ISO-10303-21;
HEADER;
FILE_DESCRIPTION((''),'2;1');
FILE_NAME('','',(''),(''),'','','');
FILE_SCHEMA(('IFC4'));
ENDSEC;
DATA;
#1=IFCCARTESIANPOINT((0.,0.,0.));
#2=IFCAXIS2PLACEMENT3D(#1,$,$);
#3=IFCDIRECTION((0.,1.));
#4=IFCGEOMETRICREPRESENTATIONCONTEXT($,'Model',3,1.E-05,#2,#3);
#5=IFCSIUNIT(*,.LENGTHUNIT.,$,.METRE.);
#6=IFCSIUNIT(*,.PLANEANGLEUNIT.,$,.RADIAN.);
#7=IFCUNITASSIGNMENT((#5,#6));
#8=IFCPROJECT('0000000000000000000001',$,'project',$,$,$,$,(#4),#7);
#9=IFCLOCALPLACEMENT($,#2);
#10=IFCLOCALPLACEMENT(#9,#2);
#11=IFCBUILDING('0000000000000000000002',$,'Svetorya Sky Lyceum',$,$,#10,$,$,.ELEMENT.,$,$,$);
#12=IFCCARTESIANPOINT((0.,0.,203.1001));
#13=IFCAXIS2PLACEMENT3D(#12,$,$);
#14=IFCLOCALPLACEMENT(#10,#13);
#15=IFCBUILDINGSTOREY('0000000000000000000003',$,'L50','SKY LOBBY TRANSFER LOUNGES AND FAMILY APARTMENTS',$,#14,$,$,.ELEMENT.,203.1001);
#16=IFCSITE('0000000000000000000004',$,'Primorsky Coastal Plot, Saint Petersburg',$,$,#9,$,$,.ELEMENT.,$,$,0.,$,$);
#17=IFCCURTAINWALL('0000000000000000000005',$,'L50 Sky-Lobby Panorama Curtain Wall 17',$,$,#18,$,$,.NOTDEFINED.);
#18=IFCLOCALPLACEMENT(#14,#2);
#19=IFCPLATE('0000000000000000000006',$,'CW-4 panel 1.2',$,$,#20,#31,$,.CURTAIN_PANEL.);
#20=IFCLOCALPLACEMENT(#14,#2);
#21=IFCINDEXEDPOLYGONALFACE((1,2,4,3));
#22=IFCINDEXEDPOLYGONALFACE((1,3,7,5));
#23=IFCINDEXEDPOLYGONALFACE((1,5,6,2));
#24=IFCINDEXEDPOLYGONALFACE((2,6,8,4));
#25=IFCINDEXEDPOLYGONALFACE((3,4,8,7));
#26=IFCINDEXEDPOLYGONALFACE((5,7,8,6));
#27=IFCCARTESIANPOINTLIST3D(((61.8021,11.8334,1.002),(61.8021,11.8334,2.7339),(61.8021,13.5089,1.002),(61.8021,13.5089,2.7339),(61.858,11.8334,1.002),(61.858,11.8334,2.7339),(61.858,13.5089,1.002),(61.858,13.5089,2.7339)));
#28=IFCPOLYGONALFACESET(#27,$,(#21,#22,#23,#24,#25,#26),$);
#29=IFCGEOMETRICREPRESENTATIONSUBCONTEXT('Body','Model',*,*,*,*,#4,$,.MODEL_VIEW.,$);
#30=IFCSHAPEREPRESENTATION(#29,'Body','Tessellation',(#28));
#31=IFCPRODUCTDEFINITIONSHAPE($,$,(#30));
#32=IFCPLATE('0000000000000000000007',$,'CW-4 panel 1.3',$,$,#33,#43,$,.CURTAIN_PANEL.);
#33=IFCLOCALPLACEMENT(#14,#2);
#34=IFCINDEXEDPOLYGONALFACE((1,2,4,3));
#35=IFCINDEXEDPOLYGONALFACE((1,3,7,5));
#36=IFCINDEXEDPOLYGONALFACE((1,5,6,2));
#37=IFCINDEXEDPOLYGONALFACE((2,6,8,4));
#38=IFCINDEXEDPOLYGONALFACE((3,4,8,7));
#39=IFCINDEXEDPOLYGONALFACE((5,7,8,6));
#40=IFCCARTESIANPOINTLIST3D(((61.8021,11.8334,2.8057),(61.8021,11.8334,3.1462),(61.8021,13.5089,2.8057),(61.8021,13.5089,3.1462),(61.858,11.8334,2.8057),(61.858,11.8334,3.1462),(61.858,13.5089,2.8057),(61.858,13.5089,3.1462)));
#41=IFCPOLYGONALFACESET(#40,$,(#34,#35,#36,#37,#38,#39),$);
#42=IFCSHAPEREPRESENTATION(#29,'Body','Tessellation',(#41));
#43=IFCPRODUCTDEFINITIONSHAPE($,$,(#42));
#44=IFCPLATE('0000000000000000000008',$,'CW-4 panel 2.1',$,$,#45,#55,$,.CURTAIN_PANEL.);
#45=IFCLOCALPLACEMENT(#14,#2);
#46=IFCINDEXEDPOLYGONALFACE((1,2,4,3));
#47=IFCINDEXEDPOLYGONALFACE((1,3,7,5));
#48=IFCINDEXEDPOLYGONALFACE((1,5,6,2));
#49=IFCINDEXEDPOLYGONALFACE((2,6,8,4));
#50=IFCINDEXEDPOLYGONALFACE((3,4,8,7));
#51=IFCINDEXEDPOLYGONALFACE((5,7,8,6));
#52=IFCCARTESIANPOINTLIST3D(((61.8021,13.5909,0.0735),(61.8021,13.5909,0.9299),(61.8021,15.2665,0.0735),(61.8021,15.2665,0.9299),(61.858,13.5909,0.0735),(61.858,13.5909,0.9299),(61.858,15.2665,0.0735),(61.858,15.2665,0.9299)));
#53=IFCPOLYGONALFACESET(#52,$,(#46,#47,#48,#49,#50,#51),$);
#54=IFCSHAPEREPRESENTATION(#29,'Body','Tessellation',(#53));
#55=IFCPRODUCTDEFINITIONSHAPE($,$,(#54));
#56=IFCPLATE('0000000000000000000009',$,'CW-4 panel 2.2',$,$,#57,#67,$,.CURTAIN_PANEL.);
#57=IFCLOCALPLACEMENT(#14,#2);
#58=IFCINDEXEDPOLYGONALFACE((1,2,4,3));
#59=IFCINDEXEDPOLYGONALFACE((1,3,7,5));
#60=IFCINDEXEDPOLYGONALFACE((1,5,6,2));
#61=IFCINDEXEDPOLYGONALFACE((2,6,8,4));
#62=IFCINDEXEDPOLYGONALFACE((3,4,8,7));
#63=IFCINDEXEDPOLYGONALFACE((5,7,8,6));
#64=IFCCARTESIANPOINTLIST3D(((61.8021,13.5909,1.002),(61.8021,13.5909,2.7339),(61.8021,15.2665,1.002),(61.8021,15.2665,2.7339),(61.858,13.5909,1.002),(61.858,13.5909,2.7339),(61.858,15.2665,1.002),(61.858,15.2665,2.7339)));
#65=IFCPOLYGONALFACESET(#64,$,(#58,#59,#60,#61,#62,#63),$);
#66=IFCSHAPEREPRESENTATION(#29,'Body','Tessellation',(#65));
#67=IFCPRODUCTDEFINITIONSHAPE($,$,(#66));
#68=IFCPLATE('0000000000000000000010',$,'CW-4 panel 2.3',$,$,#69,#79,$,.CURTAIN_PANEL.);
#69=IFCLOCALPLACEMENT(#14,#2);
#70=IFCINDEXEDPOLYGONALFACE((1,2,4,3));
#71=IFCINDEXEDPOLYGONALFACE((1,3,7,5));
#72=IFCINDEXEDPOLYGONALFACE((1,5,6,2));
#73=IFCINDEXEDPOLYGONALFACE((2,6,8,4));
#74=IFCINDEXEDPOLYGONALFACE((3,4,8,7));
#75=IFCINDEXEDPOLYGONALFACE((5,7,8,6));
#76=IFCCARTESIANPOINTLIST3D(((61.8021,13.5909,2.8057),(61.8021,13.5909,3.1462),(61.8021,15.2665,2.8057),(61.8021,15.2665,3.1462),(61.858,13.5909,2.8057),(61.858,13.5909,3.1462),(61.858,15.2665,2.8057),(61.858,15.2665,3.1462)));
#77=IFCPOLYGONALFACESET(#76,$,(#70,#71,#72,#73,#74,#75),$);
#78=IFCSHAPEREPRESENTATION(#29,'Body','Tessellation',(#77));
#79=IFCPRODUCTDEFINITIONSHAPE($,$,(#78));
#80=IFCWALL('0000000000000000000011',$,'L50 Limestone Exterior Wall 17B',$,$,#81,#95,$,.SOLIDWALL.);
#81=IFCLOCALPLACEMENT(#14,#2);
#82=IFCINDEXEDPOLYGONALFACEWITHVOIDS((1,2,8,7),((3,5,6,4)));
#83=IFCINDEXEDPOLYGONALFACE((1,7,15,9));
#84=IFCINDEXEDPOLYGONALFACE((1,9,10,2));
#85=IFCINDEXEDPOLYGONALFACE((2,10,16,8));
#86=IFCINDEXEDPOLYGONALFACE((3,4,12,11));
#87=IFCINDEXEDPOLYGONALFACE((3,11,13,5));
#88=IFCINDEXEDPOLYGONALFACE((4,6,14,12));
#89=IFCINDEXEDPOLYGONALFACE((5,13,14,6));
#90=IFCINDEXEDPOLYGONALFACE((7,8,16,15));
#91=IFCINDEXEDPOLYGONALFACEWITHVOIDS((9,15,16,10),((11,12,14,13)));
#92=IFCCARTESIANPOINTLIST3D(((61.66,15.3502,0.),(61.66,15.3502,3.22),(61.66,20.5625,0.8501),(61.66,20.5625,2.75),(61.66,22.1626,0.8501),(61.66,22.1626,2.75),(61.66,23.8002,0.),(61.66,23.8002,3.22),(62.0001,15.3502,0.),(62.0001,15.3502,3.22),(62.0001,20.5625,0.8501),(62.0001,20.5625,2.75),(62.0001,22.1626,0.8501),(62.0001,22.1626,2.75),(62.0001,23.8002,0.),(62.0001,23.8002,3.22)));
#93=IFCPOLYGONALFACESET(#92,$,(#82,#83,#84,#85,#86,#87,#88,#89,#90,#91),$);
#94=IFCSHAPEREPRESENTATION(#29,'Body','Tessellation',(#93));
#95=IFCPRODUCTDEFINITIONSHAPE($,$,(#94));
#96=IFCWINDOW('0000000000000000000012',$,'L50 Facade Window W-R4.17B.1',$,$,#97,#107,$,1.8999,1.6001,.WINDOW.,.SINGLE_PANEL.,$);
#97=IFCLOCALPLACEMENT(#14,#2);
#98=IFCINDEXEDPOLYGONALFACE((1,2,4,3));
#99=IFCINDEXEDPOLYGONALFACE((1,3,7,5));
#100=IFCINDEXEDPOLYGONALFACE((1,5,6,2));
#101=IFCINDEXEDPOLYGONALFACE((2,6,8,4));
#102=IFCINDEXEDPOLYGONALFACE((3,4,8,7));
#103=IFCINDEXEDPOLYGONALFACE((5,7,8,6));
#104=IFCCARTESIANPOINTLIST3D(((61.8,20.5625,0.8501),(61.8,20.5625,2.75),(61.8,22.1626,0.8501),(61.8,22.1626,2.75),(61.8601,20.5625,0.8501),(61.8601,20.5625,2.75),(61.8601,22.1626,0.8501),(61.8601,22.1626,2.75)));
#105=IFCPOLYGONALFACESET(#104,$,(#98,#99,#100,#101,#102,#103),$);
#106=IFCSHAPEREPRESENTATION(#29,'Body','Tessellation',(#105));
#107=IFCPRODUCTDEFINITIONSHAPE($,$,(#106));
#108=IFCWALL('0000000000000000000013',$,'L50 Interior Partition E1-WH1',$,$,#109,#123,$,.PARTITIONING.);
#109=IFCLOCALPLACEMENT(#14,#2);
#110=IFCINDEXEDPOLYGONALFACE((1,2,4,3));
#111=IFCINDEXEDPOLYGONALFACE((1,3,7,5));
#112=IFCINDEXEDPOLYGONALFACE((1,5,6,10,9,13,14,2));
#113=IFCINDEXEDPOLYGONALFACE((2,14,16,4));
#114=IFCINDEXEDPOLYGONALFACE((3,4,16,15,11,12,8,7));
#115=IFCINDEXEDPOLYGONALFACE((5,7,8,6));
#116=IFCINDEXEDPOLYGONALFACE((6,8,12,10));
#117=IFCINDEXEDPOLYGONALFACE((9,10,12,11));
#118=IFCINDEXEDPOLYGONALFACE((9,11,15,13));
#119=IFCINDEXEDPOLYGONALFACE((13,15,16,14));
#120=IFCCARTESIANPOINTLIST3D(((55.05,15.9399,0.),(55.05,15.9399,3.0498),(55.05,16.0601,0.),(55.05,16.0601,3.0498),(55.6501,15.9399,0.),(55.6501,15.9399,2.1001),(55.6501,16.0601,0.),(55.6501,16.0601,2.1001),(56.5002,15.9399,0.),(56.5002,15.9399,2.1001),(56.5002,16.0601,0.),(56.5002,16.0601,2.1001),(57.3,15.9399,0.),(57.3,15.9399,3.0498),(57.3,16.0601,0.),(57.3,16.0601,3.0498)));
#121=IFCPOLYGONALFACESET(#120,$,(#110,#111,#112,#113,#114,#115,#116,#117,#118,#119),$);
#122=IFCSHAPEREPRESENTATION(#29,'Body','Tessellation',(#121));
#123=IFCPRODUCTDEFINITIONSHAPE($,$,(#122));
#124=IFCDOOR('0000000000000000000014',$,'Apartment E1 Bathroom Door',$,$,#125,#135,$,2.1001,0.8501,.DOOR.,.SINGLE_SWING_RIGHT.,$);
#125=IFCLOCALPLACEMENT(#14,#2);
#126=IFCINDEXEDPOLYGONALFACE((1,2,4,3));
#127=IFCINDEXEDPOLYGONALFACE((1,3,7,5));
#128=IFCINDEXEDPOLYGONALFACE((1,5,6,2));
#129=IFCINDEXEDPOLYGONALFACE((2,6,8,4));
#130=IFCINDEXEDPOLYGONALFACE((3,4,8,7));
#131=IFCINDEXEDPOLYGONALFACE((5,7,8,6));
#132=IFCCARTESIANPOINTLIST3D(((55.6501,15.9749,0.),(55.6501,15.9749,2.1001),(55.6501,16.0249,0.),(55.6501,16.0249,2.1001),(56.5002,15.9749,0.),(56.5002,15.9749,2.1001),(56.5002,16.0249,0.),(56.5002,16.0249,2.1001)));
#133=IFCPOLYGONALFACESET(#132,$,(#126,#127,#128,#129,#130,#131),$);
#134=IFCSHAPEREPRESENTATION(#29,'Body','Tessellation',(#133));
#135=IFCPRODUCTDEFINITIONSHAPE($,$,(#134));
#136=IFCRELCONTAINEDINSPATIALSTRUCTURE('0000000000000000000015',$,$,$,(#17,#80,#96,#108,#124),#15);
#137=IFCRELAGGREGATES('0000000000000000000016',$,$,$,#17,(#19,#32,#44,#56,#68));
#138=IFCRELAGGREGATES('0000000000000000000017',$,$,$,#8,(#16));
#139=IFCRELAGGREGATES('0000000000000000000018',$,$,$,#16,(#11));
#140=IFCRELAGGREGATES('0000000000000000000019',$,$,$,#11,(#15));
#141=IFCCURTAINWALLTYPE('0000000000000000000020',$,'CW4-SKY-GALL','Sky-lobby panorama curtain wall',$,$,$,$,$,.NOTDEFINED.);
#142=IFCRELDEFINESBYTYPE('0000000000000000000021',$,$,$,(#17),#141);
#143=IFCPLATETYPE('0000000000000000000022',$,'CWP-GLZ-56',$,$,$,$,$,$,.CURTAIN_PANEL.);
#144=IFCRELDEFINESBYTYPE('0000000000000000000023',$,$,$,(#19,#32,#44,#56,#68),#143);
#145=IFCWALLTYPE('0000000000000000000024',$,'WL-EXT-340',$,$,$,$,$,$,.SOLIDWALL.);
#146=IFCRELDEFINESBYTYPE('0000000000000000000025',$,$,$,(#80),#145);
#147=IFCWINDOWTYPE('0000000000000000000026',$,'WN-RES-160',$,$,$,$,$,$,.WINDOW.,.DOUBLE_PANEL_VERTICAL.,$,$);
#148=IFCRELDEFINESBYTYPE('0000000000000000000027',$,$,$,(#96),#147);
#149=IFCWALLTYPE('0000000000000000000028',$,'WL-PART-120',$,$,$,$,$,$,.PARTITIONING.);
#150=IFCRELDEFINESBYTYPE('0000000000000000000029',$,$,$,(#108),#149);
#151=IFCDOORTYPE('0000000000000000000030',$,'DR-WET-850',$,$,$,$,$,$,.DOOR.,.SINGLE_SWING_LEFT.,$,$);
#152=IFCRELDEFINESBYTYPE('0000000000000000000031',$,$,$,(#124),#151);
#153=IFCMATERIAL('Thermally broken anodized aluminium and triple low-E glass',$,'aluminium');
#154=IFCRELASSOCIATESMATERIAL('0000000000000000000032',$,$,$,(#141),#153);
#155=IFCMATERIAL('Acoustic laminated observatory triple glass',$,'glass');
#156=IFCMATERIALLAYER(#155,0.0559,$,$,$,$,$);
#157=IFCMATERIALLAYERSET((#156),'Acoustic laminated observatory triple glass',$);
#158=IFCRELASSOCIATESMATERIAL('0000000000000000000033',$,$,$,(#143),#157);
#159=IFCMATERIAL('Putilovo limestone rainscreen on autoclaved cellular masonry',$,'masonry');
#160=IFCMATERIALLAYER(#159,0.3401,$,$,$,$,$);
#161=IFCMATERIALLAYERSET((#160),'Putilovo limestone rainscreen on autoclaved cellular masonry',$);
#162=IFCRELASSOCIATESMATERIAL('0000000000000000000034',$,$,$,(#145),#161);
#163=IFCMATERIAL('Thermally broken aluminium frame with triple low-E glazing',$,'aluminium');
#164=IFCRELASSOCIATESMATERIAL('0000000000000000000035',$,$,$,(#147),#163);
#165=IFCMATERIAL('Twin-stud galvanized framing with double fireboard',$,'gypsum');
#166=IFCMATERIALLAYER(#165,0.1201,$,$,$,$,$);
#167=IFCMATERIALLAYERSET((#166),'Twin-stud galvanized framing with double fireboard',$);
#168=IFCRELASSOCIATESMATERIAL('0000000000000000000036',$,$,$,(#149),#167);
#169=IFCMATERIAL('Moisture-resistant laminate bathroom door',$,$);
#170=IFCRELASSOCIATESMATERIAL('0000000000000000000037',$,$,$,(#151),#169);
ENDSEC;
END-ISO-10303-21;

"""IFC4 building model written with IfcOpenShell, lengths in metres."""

from ifc_helpers import new_model, si_unit, direction, frame, frame_2d, origin, origin_2d, place, context, subcontext, project, spatial, rectangle, extrude, material, layer, layer_set, type_object, element, fill, aggregate, save


model = new_model("IFC4")

# Units and contexts
model_context = context("Model", 3, precision=1e-05, world=origin(), true_north=direction((0.0, 1.0)))
body_context = subcontext(model_context, "Body", "Model", "MODEL_VIEW")
ifc_project = project(units=[si_unit("LENGTHUNIT", "METRE"), si_unit("PLANEANGLEUNIT", "RADIAN")], contexts=[model_context])

# Site, building, storey
site_placement = place(None, origin())
site = spatial("IfcSite", under=ifc_project, at=site_placement, Name="Primorsky Coastal Plot, Saint Petersburg", CompositionType="ELEMENT", RefElevation=0.0)
building_placement = place(site_placement, origin())
building = spatial("IfcBuilding", under=site, at=building_placement, Name="Svetorya Sky Lyceum", CompositionType="ELEMENT")
storey_placement = place(building_placement, frame((0.0, 0.0, 203.1001)))
storey = spatial("IfcBuildingStorey", under=building, at=storey_placement, Name="L50", Description="SKY LOBBY TRANSFER LOUNGES AND FAMILY APARTMENTS", CompositionType="ELEMENT", Elevation=203.1001)

# Curtain wall, plates
ifc_material_1 = material(Name="Thermally broken anodized aluminium and triple low-E glass", Category="aluminium")
curtain_wall_type = type_object("IfcCurtainWallType", Name="CW4-SKY-GALL", Description="Sky-lobby panorama curtain wall", PredefinedType="NOTDEFINED", material=ifc_material_1)
curtain_wall_placement = place(storey_placement, origin())
curtain_wall = element("IfcCurtainWall", 1, at=curtain_wall_placement, inside=storey, type_object=curtain_wall_type, Name="L50 Sky-Lobby Panorama Curtain Wall 17", PredefinedType="NOTDEFINED")
ifc_material_2 = material(Name="Acoustic laminated observatory triple glass", Category="glass")
ifc_layer_1 = layer(ifc_material_2, 0.0559)
ifc_layer_set_1 = layer_set([ifc_layer_1], Name="Acoustic laminated observatory triple glass")
plate_type = type_object("IfcPlateType", Name="CWP-GLZ-56", PredefinedType="CURTAIN_PANEL", material=ifc_layer_set_1)
plate_1_placement = place(storey_placement, frame((61.8301, 12.6711, 1.002), z_axis=(0.0, 0.0, 1.0), x_axis=(0.0, 1.0, 0.0)))
plate_1 = element("IfcPlate", 2, at=plate_1_placement, type_object=plate_type, Name="CW-4 panel 1.2", PredefinedType="CURTAIN_PANEL", context=body_context, shape_type="SweptSolid", body=[
    extrude(rectangle(XDim=1.6755, YDim=0.0559, at=origin_2d()), origin(), (0.0, 0.0, 1.0), 1.7319),
])
plate_2_placement = place(storey_placement, frame((61.8301, 12.6711, 2.8057), z_axis=(0.0, 0.0, 1.0), x_axis=(0.0, 1.0, 0.0)))
plate_2 = element("IfcPlate", 3, at=plate_2_placement, type_object=plate_type, Name="CW-4 panel 1.3", PredefinedType="CURTAIN_PANEL", context=body_context, shape_type="SweptSolid", body=[
    extrude(rectangle(XDim=1.6755, YDim=0.0559, at=origin_2d()), origin(), (0.0, 0.0, 1.0), 0.3406),
])
plate_3_placement = place(storey_placement, frame((61.8301, 14.4287, 0.0735), z_axis=(0.0, 0.0, 1.0), x_axis=(0.0, 1.0, 0.0)))
plate_3 = element("IfcPlate", 4, at=plate_3_placement, type_object=plate_type, Name="CW-4 panel 2.1", PredefinedType="CURTAIN_PANEL", context=body_context, shape_type="SweptSolid", body=[
    extrude(rectangle(XDim=1.6755, YDim=0.0559, at=origin_2d()), origin(), (0.0, 0.0, 1.0), 0.8564),
])
plate_4_placement = place(storey_placement, frame((61.8301, 14.4287, 1.002), z_axis=(0.0, 0.0, 1.0), x_axis=(0.0, 1.0, 0.0)))
plate_4 = element("IfcPlate", 5, at=plate_4_placement, type_object=plate_type, Name="CW-4 panel 2.2", PredefinedType="CURTAIN_PANEL", context=body_context, shape_type="SweptSolid", body=[
    extrude(rectangle(XDim=1.6755, YDim=0.0559, at=origin_2d()), origin(), (0.0, 0.0, 1.0), 1.7319),
])
plate_5_placement = place(storey_placement, frame((61.8301, 14.4287, 2.8057), z_axis=(0.0, 0.0, 1.0), x_axis=(0.0, 1.0, 0.0)))
plate_5 = element("IfcPlate", 6, at=plate_5_placement, type_object=plate_type, Name="CW-4 panel 2.3", PredefinedType="CURTAIN_PANEL", context=body_context, shape_type="SweptSolid", body=[
    extrude(rectangle(XDim=1.6755, YDim=0.0559, at=origin_2d()), origin(), (0.0, 0.0, 1.0), 0.3406),
])
aggregate(curtain_wall, [plate_1, plate_2, plate_3, plate_4, plate_5])

# Wall, opening, window
ifc_material_3 = material(Name="Putilovo limestone rainscreen on autoclaved cellular masonry", Category="masonry")
ifc_layer_2 = layer(ifc_material_3, 0.3401)
ifc_layer_set_2 = layer_set([ifc_layer_2], Name="Putilovo limestone rainscreen on autoclaved cellular masonry")
wall_type_1 = type_object("IfcWallType", Name="WL-EXT-340", PredefinedType="SOLIDWALL", material=ifc_layer_set_2)
wall_1_placement = place(storey_placement, frame((61.8301, 15.3501, 0.0), z_axis=(0.0, 0.0, 1.0), x_axis=(0.0, 1.0, 0.0)))
wall_1 = element("IfcWall", 7, at=wall_1_placement, inside=storey, type_object=wall_type_1, Name="L50 Limestone Exterior Wall 17B", PredefinedType="SOLIDWALL", context=body_context, shape_type="SweptSolid", body=[
    extrude(rectangle(XDim=8.45, YDim=0.3401, at=frame_2d((4.2251, 0.0))), origin(), (0.0, 0.0, 1.0), 3.22),
])
opening_1_placement = place(wall_1_placement, frame((5.2124, 0.0, 0.8501)))
opening_1 = element("IfcOpeningElement", 8, at=opening_1_placement, cuts=wall_1, PredefinedType="OPENING", context=body_context, shape_type="SweptSolid", body=[
    extrude(rectangle(XDim=1.6001, YDim=1.8999, at=frame_2d((0.8, 0.95))), frame((0.0, 0.1799, 0.0), z_axis=(0.0, -1.0, 0.0), x_axis=(1.0, 0.0, 0.0)), (0.0, 0.0, 1.0), 0.3601),
])
ifc_material_4 = material(Name="Thermally broken aluminium frame with triple low-E glazing", Category="aluminium")
window_type = type_object("IfcWindowType", Name="WN-RES-160", PartitioningType="DOUBLE_PANEL_VERTICAL", PredefinedType="WINDOW", material=ifc_material_4)
window_placement = place(opening_1_placement, origin())
window = element("IfcWindow", 9, at=window_placement, inside=storey, type_object=window_type, Name="L50 Facade Window W-R4.17B.1", OverallHeight=1.8999, OverallWidth=1.6001, PartitioningType="SINGLE_PANEL", PredefinedType="WINDOW", context=body_context, shape_type="SweptSolid", body=[
    extrude(rectangle(XDim=1.6001, YDim=1.8999, at=frame_2d((0.8, 0.95))), frame((0.0, 0.03, 0.0), z_axis=(0.0, -1.0, 0.0), x_axis=(1.0, 0.0, 0.0)), (0.0, 0.0, 1.0), 0.0601),
])
fill(opening_1, window)

# Wall, opening, door
ifc_material_5 = material(Name="Twin-stud galvanized framing with double fireboard", Category="gypsum")
ifc_layer_3 = layer(ifc_material_5, 0.1201)
ifc_layer_set_3 = layer_set([ifc_layer_3], Name="Twin-stud galvanized framing with double fireboard")
wall_type_2 = type_object("IfcWallType", Name="WL-PART-120", PredefinedType="PARTITIONING", material=ifc_layer_set_3)
wall_2_placement = place(storey_placement, frame((55.05, 16.0, 0.0), z_axis=(0.0, 0.0, 1.0), x_axis=(1.0, 0.0, 0.0)))
wall_2 = element("IfcWall", 10, at=wall_2_placement, inside=storey, type_object=wall_type_2, Name="L50 Interior Partition E1-WH1", PredefinedType="PARTITIONING", context=body_context, shape_type="SweptSolid", body=[
    extrude(rectangle(XDim=2.25, YDim=0.1201, at=frame_2d((1.125, 0.0))), origin(), (0.0, 0.0, 1.0), 3.0498),
])
opening_2_placement = place(wall_2_placement, frame((0.6001, 0.0, 0.0)))
opening_2 = element("IfcOpeningElement", 11, at=opening_2_placement, cuts=wall_2, PredefinedType="OPENING", context=body_context, shape_type="SweptSolid", body=[
    extrude(rectangle(XDim=0.8501, YDim=2.1001, at=frame_2d((0.425, 1.05))), frame((0.0, 0.0701, 0.0), z_axis=(0.0, -1.0, 0.0), x_axis=(1.0, 0.0, 0.0)), (0.0, 0.0, 1.0), 0.1401),
])
ifc_material_6 = material(Name="Moisture-resistant laminate bathroom door")
door_type = type_object("IfcDoorType", Name="DR-WET-850", OperationType="SINGLE_SWING_LEFT", PredefinedType="DOOR", material=ifc_material_6)
door_placement = place(opening_2_placement, origin())
door = element("IfcDoor", 12, at=door_placement, inside=storey, type_object=door_type, Name="Apartment E1 Bathroom Door", OperationType="SINGLE_SWING_RIGHT", OverallHeight=2.1001, OverallWidth=0.8501, PredefinedType="DOOR", context=body_context, shape_type="SweptSolid", body=[
    extrude(rectangle(XDim=0.8501, YDim=2.1001, at=frame_2d((0.425, 1.05))), frame((0.0, 0.0249, 0.0), z_axis=(0.0, -1.0, 0.0), x_axis=(1.0, 0.0, 0.0)), (0.0, 0.0, 1.0), 0.05),
])
fill(opening_2, door)

save(model, "model.ifc")
